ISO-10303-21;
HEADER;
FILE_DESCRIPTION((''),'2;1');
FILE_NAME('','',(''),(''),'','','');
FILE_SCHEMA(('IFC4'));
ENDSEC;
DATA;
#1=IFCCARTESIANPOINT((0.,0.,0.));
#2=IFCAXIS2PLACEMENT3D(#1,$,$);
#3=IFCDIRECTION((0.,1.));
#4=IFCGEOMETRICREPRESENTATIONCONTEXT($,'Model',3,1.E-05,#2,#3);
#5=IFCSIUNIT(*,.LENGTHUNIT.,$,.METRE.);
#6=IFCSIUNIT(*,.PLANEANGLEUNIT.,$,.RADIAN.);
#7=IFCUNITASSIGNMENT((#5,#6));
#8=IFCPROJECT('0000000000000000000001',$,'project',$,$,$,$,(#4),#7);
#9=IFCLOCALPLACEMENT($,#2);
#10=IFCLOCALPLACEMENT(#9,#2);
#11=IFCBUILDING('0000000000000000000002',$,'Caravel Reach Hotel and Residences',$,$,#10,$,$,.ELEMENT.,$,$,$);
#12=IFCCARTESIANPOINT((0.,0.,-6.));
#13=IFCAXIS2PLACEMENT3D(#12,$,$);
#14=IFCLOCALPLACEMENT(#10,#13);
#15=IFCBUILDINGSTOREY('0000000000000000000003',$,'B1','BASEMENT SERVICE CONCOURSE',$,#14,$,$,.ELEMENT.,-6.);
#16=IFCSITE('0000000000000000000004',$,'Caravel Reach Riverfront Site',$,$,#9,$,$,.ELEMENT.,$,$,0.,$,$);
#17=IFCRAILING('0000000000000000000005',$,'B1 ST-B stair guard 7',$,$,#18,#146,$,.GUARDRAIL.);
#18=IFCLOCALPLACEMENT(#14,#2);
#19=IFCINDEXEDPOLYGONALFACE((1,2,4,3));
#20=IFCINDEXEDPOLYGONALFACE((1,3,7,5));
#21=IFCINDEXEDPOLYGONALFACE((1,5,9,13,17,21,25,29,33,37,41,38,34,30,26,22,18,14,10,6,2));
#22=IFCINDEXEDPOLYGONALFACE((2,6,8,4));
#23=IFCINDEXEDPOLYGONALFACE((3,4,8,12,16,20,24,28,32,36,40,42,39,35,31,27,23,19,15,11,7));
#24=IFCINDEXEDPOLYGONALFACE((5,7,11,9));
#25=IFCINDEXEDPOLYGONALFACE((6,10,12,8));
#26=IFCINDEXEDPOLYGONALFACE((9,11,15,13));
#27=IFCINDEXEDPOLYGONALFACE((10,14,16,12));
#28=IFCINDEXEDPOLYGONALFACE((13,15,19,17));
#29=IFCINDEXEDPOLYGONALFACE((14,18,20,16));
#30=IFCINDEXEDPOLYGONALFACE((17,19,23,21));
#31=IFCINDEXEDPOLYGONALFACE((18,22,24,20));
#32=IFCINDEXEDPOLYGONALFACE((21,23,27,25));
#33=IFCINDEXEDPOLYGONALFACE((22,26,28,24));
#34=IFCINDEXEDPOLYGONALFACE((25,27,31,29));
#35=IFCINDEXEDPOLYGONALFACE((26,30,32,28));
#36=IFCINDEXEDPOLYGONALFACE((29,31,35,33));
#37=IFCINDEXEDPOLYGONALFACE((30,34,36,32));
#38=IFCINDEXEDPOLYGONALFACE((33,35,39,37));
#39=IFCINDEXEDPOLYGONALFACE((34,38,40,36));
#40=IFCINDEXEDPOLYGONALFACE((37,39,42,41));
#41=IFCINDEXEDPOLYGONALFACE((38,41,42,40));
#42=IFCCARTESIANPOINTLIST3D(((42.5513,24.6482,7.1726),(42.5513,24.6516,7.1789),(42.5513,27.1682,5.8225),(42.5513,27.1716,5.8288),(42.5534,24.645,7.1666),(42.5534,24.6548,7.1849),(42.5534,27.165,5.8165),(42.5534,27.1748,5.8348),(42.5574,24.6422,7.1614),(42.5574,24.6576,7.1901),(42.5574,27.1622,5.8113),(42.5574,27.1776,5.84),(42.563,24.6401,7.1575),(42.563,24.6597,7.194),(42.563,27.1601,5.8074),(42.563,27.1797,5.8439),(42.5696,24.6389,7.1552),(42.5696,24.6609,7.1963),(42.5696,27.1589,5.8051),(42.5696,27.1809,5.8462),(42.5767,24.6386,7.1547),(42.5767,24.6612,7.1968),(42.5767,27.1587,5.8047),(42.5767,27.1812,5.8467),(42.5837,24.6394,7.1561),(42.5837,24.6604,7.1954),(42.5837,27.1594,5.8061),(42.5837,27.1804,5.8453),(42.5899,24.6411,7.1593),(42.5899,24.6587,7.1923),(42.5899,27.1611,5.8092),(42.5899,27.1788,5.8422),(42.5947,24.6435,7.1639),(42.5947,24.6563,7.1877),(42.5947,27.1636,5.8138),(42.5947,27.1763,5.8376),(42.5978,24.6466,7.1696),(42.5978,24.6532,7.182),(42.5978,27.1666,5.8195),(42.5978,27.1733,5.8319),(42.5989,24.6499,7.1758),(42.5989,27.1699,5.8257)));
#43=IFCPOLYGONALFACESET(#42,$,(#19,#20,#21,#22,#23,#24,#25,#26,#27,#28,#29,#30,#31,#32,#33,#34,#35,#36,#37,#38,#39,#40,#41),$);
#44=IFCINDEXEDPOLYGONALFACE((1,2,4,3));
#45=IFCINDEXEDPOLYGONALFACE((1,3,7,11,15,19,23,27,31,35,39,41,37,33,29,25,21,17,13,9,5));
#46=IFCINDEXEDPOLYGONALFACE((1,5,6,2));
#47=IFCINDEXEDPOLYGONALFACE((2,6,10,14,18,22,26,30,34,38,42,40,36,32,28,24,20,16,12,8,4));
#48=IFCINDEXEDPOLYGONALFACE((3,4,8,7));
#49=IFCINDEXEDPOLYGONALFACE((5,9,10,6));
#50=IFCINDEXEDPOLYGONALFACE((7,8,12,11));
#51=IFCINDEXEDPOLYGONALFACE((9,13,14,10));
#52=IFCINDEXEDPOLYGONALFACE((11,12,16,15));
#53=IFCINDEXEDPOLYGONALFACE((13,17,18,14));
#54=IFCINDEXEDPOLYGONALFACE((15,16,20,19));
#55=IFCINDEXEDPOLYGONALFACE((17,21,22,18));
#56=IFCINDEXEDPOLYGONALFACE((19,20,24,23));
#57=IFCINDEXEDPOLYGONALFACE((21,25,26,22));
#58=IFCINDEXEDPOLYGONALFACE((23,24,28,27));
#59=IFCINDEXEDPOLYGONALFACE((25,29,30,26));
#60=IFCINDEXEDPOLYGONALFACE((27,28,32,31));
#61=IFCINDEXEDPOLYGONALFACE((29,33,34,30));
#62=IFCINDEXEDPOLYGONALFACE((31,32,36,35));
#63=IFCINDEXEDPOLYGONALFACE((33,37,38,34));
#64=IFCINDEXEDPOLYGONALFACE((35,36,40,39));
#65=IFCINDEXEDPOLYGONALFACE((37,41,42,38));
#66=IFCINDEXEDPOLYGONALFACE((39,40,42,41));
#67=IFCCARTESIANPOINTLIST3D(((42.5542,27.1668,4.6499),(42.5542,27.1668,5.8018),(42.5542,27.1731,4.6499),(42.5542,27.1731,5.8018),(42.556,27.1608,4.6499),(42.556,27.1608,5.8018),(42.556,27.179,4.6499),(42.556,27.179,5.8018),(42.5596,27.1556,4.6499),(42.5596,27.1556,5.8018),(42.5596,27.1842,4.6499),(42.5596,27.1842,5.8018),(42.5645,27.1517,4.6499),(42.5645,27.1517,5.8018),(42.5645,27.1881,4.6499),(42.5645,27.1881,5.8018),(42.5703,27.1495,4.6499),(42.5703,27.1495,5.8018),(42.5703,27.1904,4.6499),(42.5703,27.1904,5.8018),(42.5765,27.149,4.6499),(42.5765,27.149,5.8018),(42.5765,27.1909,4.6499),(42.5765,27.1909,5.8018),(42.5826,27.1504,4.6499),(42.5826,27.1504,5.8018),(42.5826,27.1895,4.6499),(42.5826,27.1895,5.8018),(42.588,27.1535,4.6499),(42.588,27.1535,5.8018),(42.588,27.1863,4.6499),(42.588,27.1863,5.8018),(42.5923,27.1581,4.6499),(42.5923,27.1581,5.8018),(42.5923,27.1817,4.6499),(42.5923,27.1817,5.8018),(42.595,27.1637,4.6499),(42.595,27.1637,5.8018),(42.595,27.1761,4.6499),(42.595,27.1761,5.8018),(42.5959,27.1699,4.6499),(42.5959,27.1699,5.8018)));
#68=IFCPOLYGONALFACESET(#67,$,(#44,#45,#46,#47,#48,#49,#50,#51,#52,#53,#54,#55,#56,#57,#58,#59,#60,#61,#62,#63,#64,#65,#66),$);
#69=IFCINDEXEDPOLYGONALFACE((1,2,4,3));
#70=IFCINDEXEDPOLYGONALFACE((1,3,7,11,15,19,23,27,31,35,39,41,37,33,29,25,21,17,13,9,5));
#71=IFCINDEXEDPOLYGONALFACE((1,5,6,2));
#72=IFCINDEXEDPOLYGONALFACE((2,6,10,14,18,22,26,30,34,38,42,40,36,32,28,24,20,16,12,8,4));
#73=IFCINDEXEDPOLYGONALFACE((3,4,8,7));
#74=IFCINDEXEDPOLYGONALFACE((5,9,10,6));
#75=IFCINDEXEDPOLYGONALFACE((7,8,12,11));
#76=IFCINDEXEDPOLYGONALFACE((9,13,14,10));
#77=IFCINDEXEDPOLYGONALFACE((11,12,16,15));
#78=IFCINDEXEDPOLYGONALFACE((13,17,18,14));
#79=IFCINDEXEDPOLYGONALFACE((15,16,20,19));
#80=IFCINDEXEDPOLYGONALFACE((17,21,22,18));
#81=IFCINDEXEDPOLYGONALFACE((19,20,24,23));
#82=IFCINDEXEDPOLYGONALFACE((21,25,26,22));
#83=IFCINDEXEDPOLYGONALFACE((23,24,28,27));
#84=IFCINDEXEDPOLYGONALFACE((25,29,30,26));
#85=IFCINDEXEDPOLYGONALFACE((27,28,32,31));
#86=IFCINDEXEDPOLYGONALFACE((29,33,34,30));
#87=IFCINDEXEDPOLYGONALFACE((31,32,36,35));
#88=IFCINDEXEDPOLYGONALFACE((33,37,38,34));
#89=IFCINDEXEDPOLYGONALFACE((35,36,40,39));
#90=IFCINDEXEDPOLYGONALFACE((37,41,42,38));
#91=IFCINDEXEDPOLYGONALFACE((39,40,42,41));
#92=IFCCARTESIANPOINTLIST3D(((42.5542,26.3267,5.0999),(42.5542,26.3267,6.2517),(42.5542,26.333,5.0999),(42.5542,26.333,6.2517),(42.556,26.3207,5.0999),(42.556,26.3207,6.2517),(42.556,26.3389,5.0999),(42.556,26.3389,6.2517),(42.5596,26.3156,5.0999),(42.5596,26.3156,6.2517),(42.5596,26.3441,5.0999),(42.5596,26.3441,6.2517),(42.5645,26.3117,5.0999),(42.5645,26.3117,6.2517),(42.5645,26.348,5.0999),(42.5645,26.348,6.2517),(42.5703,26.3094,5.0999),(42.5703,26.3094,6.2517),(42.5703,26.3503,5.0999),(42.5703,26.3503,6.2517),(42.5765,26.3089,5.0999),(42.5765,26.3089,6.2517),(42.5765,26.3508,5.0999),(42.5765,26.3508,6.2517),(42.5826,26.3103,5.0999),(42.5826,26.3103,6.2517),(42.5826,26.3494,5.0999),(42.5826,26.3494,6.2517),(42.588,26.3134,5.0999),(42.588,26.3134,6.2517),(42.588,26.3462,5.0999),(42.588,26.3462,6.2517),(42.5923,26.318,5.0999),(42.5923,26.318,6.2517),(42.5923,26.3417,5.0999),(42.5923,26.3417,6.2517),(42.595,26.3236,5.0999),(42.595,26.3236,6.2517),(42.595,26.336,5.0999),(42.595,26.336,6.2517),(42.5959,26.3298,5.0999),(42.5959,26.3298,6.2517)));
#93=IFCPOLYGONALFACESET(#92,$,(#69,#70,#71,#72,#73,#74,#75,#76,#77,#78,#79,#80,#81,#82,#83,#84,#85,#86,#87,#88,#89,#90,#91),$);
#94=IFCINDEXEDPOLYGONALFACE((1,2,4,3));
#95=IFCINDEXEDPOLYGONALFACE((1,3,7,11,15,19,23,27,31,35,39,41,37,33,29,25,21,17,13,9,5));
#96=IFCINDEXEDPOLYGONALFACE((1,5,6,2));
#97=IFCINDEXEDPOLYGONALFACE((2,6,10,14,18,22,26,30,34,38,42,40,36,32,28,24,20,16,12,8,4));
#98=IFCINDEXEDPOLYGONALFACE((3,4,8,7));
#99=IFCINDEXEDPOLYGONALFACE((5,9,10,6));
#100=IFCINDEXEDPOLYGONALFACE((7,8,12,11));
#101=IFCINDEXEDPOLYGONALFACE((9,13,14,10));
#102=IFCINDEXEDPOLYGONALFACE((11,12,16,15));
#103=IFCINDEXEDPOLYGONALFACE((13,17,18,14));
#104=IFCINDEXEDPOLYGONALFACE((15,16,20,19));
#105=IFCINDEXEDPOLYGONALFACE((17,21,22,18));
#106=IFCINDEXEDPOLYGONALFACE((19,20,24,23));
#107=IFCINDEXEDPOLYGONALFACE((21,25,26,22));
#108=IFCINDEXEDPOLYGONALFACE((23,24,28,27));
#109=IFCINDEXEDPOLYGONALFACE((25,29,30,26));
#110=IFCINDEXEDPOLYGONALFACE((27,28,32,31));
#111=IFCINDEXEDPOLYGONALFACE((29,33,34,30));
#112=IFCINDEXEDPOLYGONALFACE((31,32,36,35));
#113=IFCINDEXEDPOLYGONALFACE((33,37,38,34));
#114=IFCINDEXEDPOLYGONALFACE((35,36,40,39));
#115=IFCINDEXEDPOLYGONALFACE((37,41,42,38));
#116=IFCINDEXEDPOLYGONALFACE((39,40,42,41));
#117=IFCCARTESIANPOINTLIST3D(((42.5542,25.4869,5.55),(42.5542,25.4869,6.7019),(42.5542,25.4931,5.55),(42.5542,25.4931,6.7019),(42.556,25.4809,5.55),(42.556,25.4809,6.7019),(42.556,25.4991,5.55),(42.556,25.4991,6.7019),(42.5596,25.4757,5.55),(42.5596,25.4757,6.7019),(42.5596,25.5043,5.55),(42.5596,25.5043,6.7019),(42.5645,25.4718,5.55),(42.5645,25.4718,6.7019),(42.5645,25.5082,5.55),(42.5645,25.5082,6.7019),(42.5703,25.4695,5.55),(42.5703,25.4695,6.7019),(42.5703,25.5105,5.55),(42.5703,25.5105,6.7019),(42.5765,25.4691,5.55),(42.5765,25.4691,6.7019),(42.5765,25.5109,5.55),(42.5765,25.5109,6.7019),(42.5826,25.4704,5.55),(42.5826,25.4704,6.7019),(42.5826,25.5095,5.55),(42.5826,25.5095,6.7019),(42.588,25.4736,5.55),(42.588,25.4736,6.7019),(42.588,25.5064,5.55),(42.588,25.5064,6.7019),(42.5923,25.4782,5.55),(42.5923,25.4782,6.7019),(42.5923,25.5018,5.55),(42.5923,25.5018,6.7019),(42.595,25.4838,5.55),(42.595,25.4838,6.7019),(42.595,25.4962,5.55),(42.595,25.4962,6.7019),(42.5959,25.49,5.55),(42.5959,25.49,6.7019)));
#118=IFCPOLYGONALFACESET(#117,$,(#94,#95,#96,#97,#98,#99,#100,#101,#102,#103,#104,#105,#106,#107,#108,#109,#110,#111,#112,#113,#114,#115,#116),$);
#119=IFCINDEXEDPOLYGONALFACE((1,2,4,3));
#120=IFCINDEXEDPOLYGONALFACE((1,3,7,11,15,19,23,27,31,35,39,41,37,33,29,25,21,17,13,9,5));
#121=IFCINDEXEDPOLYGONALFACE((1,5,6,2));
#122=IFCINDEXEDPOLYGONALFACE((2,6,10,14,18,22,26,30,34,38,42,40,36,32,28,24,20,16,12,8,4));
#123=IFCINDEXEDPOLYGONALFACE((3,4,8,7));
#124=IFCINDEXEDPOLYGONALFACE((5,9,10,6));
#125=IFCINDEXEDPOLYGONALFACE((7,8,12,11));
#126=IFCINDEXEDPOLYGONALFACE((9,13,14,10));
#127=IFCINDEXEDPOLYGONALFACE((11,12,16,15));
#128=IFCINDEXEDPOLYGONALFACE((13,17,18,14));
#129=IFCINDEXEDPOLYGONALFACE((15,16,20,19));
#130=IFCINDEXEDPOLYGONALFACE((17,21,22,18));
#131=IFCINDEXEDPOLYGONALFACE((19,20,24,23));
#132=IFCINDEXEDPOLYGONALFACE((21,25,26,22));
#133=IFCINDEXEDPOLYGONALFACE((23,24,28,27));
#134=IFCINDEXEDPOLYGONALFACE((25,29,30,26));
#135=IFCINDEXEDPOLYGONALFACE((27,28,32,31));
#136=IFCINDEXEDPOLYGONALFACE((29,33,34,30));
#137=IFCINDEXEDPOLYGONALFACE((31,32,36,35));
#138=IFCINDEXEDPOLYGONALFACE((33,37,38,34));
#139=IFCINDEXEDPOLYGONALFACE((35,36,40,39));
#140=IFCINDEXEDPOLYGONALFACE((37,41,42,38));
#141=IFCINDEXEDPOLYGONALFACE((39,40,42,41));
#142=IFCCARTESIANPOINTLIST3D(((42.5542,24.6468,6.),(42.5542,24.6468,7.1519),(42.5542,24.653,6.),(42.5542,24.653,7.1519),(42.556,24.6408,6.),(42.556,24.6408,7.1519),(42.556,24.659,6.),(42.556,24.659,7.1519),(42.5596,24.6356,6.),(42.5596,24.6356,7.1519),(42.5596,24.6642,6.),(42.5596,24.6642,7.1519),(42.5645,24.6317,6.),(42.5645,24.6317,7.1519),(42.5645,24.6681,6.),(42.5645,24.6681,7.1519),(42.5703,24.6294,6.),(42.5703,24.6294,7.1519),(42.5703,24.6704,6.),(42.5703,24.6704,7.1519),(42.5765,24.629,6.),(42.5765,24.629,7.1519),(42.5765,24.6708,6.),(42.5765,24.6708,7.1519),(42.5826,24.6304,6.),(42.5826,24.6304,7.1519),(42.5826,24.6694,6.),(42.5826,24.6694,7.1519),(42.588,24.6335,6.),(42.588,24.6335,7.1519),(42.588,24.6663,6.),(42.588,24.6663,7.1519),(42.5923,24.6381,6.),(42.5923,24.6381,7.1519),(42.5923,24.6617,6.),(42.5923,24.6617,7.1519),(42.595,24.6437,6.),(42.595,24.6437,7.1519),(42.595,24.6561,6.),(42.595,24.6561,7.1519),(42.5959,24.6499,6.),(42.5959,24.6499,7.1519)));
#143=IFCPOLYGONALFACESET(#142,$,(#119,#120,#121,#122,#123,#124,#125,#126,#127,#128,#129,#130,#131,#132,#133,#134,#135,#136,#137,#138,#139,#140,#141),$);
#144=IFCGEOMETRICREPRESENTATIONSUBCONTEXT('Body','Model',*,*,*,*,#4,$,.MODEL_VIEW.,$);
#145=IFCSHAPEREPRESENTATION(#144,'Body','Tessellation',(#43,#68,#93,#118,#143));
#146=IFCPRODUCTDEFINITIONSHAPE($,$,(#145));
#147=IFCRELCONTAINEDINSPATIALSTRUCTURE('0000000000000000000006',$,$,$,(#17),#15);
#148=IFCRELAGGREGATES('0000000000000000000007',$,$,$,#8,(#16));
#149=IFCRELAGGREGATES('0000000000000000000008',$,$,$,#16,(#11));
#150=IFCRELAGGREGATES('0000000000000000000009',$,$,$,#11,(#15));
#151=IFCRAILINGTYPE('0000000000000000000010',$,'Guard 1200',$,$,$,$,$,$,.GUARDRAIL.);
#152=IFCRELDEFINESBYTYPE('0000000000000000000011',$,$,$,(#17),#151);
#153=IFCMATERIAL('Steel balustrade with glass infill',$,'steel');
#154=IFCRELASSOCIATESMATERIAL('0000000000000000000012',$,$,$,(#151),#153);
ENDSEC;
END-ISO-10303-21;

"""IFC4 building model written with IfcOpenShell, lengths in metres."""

from ifc_helpers import new_model, si_unit, direction, frame, origin, origin_2d, place, context, subcontext, project, spatial, circle, extrude, material, type_object, element, save


model = new_model("IFC4")

# Units and contexts
model_context = context("Model", 3, precision=1e-05, world=origin(), true_north=direction((0.0, 1.0)))
body_context = subcontext(model_context, "Body", "Model", "MODEL_VIEW")
ifc_project = project(units=[si_unit("LENGTHUNIT", "METRE"), si_unit("PLANEANGLEUNIT", "RADIAN")], contexts=[model_context])

# Site, building, storey
site_placement = place(None, origin())
site = spatial("IfcSite", under=ifc_project, at=site_placement, Name="Caravel Reach Riverfront Site", CompositionType="ELEMENT", RefElevation=0.0)
building_placement = place(site_placement, origin())
building = spatial("IfcBuilding", under=site, at=building_placement, Name="Caravel Reach Hotel and Residences", CompositionType="ELEMENT")
storey_placement = place(building_placement, frame((0.0, 0.0, -6.0)))
storey = spatial("IfcBuildingStorey", under=building, at=storey_placement, Name="B1", Description="BASEMENT SERVICE CONCOURSE", CompositionType="ELEMENT", Elevation=-6.0)

# Railing
ifc_material_1 = material(Name="Steel balustrade with glass infill", Category="steel")
railing_type_1 = type_object("IfcRailingType", Name="Guard 1200", PredefinedType="GUARDRAIL", material=ifc_material_1)
railing_1_placement = place(storey_placement, frame((42.575, 27.1699, 4.6499)))
element("IfcRailing", 1, at=railing_1_placement, inside=storey, type_object=railing_type_1, Name="B1 ST-B stair guard 7", PredefinedType="GUARDRAIL", context=body_context, shape_type="SweptSolid", body=[
    extrude(circle(Radius=0.0239, at=origin_2d()), frame((0.0, 0.0, 1.1758), z_axis=(0.0, -0.881467, 0.472245), x_axis=(1.0, 0.0, 0.0)), (0.0, 0.0, 1.0), 2.8589),
    extrude(circle(Radius=0.021, at=origin_2d()), origin(), (0.0, 0.0, 1.0), 1.1519),
    extrude(circle(Radius=0.021, at=origin_2d()), frame((0.0, -0.8401, 0.45)), (0.0, 0.0, 1.0), 1.1519),
    extrude(circle(Radius=0.021, at=origin_2d()), frame((0.0, -1.6799, 0.9001)), (0.0, 0.0, 1.0), 1.1519),
    extrude(circle(Radius=0.021, at=origin_2d()), frame((0.0, -2.52, 1.3501)), (0.0, 0.0, 1.0), 1.1519),
])

save(model, "model.ifc")
